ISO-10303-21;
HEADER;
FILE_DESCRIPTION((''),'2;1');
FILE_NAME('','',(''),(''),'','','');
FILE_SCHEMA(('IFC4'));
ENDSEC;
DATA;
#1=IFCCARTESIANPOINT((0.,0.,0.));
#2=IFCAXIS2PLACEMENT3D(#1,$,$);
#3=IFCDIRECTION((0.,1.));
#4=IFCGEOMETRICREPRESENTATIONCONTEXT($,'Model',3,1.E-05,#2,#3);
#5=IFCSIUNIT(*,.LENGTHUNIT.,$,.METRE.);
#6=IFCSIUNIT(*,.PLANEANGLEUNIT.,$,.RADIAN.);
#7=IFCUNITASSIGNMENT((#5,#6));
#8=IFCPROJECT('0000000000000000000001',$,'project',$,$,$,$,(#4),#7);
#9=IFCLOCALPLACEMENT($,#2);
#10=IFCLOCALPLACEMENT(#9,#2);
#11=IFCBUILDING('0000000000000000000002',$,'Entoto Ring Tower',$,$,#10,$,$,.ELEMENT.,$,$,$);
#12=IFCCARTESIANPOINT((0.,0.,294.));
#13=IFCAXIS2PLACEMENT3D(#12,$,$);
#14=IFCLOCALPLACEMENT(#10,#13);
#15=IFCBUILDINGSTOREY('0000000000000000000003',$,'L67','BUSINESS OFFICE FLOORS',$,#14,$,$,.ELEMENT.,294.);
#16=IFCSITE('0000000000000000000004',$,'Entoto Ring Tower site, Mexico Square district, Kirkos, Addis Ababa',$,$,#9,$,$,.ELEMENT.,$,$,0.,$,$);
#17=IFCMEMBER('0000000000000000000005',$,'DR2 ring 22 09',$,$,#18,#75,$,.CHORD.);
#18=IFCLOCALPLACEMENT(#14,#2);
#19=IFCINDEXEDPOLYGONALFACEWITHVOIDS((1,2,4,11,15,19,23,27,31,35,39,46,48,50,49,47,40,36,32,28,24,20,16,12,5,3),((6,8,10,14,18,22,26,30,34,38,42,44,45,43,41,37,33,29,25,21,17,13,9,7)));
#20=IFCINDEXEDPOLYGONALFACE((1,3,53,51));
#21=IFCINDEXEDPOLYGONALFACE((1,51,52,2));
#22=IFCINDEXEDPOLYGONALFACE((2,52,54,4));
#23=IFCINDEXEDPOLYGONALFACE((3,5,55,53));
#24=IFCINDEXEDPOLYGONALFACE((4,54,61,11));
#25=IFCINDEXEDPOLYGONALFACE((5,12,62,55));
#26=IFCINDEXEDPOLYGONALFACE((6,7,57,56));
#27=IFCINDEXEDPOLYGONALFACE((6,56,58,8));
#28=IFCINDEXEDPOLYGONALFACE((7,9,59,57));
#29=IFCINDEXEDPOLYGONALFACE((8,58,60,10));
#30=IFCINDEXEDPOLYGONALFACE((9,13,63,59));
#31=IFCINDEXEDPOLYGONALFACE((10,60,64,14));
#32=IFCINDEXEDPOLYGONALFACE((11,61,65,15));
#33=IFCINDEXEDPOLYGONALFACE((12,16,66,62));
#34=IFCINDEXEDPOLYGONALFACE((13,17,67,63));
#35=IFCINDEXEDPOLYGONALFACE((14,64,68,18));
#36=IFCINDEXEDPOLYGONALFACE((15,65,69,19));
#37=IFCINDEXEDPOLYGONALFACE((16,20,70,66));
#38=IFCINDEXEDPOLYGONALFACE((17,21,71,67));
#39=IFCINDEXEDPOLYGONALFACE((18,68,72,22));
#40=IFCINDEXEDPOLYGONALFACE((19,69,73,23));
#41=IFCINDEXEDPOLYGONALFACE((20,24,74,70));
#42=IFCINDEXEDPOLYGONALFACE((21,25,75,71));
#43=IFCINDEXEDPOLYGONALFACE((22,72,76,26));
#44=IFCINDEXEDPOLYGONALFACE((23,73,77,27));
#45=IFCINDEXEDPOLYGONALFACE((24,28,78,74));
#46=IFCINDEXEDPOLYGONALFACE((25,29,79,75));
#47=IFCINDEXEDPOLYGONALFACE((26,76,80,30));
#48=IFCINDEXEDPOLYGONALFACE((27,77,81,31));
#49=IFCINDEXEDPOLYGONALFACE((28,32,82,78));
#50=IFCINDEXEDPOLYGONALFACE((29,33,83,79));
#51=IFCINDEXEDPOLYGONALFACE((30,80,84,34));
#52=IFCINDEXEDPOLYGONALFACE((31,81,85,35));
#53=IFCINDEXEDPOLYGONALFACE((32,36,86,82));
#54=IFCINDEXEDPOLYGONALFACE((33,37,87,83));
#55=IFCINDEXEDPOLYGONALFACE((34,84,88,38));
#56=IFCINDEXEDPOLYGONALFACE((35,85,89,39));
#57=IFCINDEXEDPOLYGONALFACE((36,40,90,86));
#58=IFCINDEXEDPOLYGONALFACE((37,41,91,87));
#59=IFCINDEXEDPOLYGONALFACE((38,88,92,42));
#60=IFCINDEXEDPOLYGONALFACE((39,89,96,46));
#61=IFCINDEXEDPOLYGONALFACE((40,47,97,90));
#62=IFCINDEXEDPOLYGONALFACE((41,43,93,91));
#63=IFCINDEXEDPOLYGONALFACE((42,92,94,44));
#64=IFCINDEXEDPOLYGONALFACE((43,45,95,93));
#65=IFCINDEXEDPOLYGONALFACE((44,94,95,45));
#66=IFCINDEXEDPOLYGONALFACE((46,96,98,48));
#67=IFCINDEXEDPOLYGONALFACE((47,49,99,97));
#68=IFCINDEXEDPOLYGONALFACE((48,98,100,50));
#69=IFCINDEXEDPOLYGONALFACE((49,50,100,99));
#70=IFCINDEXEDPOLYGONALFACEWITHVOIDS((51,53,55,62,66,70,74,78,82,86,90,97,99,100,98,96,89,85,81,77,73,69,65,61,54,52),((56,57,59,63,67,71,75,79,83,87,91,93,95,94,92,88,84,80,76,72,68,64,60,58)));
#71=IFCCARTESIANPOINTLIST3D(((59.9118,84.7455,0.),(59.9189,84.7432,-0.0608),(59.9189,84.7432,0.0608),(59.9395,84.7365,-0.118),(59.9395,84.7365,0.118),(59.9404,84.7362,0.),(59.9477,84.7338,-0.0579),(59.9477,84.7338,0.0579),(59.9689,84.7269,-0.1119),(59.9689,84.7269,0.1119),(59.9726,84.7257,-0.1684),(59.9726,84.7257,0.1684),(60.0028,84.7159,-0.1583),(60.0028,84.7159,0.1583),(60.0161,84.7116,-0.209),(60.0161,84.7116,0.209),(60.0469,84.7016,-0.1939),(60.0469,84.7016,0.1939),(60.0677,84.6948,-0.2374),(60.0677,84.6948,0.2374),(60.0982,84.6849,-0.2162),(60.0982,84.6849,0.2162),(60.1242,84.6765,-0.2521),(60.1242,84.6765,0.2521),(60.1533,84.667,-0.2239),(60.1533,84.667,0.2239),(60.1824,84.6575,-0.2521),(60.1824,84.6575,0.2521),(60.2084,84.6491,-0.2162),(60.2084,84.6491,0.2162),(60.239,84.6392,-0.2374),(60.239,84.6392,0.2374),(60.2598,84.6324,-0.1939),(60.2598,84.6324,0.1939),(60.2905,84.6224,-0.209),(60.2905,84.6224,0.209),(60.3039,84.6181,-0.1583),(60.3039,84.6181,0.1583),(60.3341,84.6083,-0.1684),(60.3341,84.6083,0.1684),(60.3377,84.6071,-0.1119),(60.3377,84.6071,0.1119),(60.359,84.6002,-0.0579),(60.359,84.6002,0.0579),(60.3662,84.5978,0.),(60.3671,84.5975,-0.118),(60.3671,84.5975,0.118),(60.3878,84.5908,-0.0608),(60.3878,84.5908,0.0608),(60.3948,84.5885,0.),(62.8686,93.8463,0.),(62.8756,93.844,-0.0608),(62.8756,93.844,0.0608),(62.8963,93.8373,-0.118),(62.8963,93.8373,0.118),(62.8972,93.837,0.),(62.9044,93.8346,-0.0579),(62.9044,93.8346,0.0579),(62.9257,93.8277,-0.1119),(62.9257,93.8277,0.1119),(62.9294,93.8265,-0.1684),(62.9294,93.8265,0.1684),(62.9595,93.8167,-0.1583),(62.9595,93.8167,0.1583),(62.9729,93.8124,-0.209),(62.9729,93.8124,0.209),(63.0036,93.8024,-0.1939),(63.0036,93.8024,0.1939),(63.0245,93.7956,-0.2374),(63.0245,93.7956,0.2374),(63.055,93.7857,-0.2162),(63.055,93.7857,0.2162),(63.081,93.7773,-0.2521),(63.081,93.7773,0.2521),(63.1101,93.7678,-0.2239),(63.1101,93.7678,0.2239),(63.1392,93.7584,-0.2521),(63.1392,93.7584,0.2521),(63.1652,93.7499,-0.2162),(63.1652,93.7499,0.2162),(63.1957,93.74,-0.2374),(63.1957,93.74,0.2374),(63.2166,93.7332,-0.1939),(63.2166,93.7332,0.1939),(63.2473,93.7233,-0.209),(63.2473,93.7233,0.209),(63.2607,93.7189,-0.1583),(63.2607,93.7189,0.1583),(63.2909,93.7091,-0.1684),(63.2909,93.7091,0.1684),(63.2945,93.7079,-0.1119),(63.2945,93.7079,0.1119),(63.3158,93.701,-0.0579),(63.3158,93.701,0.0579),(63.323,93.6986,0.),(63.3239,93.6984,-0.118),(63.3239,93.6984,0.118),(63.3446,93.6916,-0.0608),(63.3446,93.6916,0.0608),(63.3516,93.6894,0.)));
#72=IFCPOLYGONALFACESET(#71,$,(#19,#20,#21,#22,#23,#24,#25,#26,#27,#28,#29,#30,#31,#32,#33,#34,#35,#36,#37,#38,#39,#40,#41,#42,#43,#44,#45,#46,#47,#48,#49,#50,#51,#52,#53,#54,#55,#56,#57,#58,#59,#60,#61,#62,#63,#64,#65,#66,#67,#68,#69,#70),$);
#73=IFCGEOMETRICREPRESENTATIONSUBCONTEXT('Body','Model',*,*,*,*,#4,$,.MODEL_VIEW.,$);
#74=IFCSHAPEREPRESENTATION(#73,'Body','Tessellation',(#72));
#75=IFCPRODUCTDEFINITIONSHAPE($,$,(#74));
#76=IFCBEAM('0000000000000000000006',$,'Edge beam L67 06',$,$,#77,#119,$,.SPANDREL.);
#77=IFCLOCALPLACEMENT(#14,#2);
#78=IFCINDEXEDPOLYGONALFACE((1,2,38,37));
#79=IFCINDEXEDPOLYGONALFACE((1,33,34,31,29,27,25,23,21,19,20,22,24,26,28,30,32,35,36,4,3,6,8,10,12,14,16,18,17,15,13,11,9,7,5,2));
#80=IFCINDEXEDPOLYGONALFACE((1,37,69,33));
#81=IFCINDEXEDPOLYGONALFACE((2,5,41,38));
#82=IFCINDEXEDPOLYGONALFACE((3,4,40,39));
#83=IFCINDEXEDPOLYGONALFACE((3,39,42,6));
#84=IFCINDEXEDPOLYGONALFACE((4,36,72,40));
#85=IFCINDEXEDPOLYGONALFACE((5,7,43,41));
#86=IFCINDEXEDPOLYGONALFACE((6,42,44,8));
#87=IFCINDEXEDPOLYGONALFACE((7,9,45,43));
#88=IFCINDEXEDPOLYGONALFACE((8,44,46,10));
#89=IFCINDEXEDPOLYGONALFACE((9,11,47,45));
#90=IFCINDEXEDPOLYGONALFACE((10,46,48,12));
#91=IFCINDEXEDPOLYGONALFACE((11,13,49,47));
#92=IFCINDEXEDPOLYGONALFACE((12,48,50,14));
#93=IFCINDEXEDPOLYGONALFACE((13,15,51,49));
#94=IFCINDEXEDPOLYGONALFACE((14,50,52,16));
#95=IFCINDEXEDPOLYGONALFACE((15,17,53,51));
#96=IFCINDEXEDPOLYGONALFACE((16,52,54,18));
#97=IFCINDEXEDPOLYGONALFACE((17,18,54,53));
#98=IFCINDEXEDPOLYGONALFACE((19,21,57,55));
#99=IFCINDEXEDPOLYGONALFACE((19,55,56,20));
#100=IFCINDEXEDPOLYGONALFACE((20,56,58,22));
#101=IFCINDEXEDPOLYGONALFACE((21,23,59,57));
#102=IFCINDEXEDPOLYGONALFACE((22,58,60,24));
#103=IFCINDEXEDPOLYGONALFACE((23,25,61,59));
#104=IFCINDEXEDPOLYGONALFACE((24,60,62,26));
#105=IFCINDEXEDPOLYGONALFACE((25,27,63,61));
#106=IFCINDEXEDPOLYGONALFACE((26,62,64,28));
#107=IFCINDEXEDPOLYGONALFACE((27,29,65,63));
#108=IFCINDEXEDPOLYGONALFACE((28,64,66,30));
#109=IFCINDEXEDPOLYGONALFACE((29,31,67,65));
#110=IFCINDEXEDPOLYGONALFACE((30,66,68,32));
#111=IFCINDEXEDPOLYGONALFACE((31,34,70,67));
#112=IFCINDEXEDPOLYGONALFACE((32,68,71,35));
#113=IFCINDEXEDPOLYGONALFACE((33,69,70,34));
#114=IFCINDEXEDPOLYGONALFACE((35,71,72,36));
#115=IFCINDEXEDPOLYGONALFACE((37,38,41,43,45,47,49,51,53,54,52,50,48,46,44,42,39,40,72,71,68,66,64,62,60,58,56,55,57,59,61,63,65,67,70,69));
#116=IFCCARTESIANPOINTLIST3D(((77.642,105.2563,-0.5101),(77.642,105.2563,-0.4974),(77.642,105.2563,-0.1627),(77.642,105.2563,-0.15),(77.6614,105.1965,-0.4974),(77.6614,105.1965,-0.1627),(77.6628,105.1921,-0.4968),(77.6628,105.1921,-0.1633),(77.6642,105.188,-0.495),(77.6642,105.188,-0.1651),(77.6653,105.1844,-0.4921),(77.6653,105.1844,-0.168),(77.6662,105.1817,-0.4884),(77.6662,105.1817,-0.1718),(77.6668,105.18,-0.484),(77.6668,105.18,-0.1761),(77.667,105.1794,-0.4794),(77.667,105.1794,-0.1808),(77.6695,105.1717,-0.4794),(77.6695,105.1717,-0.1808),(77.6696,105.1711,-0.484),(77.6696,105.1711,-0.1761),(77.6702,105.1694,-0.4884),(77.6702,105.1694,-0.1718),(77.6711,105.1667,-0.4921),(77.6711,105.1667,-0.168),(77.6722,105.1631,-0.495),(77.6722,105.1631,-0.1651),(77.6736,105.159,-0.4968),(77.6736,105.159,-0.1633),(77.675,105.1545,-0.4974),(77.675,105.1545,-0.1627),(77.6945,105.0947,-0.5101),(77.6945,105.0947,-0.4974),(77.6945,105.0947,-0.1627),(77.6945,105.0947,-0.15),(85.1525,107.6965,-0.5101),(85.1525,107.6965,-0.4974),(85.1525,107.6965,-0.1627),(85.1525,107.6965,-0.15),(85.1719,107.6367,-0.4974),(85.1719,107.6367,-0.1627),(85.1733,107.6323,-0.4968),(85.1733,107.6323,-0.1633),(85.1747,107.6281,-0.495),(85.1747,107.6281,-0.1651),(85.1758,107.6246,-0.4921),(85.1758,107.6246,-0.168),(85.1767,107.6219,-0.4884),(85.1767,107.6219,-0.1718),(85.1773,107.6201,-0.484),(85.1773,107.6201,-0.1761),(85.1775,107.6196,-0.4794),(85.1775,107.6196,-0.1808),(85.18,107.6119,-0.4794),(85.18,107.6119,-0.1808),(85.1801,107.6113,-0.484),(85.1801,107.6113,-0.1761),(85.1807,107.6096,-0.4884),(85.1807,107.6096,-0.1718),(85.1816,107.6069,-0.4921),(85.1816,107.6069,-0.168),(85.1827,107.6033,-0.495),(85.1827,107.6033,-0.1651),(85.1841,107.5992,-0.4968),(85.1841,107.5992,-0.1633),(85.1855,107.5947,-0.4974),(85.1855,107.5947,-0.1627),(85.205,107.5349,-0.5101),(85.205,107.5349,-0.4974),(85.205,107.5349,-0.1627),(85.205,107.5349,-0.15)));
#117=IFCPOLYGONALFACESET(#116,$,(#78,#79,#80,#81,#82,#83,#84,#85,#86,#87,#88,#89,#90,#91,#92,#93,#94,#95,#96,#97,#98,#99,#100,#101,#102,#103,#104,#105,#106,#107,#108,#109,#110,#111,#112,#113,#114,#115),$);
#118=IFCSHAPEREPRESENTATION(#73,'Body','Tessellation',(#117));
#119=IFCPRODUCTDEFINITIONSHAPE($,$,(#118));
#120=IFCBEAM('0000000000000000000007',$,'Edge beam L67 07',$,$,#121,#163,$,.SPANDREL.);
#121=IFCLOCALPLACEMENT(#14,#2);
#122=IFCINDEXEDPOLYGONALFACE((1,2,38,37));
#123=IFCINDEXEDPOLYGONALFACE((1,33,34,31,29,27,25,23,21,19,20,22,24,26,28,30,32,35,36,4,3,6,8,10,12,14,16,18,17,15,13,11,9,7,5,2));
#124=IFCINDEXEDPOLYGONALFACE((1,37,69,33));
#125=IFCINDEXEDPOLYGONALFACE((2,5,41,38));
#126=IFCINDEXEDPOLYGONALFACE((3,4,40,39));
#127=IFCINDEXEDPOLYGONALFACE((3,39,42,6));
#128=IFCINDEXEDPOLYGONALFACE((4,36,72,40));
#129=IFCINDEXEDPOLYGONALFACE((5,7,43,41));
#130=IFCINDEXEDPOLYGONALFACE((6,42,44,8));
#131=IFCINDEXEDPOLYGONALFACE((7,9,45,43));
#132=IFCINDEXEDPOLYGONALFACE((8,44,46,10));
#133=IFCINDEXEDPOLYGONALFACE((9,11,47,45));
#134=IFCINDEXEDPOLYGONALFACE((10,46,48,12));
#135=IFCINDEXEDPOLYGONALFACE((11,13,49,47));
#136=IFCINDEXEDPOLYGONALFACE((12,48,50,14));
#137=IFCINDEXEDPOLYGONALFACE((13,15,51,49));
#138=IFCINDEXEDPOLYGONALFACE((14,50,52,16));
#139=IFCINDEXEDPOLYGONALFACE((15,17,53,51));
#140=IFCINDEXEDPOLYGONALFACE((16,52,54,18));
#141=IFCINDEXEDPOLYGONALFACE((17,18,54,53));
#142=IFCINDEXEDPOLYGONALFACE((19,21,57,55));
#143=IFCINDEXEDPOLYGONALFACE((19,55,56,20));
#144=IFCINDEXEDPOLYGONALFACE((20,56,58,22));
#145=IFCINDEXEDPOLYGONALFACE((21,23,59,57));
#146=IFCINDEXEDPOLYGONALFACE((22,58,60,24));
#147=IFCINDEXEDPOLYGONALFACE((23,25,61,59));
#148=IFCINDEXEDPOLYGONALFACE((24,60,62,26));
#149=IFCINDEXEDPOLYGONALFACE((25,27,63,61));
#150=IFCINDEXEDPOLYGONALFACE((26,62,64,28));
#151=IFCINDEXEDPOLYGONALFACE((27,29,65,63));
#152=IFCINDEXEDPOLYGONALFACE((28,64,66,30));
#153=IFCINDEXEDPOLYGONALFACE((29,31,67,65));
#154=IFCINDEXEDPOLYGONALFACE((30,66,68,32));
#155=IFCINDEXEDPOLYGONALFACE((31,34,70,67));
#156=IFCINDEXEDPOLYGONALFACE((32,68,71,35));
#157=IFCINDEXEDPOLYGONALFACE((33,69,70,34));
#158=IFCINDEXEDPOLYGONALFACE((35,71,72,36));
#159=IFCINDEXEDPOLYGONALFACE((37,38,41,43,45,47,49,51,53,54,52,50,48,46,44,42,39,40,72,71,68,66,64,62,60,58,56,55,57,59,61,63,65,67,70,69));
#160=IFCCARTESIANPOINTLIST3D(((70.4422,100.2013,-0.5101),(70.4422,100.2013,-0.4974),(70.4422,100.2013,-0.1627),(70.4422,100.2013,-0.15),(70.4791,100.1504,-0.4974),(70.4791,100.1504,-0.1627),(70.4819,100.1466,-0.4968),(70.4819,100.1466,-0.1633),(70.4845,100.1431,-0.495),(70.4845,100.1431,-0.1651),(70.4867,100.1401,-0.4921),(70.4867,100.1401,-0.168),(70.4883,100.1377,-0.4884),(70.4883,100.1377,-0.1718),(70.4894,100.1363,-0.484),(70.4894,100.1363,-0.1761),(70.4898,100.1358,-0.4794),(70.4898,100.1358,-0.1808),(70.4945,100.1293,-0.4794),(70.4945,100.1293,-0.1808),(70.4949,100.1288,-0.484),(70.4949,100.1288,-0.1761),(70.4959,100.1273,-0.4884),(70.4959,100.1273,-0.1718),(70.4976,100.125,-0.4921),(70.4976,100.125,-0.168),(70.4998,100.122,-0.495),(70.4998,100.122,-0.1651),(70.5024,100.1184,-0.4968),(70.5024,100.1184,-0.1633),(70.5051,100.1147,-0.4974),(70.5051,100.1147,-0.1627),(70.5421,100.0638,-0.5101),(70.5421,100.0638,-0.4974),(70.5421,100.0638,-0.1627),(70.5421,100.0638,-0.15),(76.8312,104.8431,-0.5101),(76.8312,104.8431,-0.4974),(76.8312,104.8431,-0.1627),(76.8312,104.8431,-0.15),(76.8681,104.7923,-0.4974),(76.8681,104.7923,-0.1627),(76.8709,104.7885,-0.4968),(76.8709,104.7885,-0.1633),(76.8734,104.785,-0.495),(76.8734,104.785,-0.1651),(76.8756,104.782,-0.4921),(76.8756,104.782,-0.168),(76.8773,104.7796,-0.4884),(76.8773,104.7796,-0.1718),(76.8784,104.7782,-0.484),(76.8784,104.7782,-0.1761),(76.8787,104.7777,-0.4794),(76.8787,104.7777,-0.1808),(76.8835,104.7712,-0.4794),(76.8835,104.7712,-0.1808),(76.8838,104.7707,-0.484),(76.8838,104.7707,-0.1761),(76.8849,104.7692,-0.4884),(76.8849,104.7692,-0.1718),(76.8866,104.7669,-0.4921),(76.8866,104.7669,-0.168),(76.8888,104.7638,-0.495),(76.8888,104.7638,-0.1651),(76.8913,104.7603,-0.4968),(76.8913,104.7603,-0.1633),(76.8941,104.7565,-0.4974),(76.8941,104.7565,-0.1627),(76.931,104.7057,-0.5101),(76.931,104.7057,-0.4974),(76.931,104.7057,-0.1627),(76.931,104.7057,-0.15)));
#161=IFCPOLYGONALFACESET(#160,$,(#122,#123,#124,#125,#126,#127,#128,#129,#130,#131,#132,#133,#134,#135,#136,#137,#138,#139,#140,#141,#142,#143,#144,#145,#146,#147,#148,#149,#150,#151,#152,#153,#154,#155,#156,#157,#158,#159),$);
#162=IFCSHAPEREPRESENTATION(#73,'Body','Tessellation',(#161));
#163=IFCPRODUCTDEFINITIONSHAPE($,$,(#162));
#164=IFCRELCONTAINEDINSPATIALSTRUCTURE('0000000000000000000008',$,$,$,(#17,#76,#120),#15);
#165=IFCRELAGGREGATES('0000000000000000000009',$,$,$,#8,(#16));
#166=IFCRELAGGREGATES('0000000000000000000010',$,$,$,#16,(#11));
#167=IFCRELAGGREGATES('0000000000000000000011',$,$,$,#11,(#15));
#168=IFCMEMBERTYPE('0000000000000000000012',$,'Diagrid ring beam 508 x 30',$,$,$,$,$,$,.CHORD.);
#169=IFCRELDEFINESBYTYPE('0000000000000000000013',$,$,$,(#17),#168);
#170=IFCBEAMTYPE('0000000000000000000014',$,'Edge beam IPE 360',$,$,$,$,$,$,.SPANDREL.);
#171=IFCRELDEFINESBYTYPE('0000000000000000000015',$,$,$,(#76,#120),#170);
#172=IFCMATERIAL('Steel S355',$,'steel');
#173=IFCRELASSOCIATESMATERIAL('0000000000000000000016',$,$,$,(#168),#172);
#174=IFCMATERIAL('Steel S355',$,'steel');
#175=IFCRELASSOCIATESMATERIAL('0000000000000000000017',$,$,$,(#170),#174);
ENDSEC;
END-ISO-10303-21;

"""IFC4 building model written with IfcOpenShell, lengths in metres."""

from ifc_helpers import new_model, si_unit, direction, frame, origin, origin_2d, place, context, subcontext, project, spatial, circle, hollow_circle, i_section, extrude, material, material_profile, profile_set, type_object, element, save


model = new_model("IFC4")

# Units and contexts
model_context = context("Model", 3, precision=1e-05, world=origin(), true_north=direction((0.0, 1.0)))
body_context = subcontext(model_context, "Body", "Model", "MODEL_VIEW")
ifc_project = project(units=[si_unit("LENGTHUNIT", "METRE"), si_unit("PLANEANGLEUNIT", "RADIAN")], contexts=[model_context])

# Site, building, storey
site_placement = place(None, origin())
site = spatial("IfcSite", under=ifc_project, at=site_placement, Name="Entoto Ring Tower site, Mexico Square district, Kirkos, Addis Ababa", CompositionType="ELEMENT", RefElevation=0.0)
building_placement = place(site_placement, origin())
building = spatial("IfcBuilding", under=site, at=building_placement, Name="Entoto Ring Tower", CompositionType="ELEMENT")
storey_placement = place(building_placement, frame((0.0, 0.0, 294.0)))
storey = spatial("IfcBuildingStorey", under=building, at=storey_placement, Name="L67", Description="BUSINESS OFFICE FLOORS", CompositionType="ELEMENT", Elevation=294.0)

# Member
ifc_material_1 = material(Name="Steel S355", Category="steel")
ifc_material_profile_1 = material_profile(ifc_material_1, hollow_circle(Radius=0.2539, WallThickness=0.03, at=origin_2d()), Name="CHS 508 x 30")
ifc_material_2 = material(Name="Concrete C60/75", Category="concrete")
ifc_material_profile_2 = material_profile(ifc_material_2, circle(Radius=0.2241, at=origin_2d()), Name="Concrete C60/75 infill")
ifc_profile_set_1 = profile_set([ifc_material_profile_1, ifc_material_profile_2], Name="Steel S355")
member_type_1 = type_object("IfcMemberType", Name="Diagrid ring beam 508 x 30", PredefinedType="CHORD", material=ifc_profile_set_1)
for number, where, z_axis, x_axis, name in (
    (1, (63.1101, 93.7678, 0.0), (-0.308993, -0.951064, 0.0), (0.951064, -0.308993, 0.0), "DR2 ring 22 09"),
):
    element("IfcMember", number, at=place(storey_placement, frame(where, z_axis=z_axis, x_axis=x_axis)), inside=storey, type_object=member_type_1, Name=name, PredefinedType="CHORD", context=body_context, shape_type="SweptSolid", body=[
        extrude(hollow_circle(Radius=0.2539, WallThickness=0.03, at=origin_2d()), origin(), (0.0, 0.0, 1.0), 9.5691),
    ])

# Beams
ifc_material_3 = material(Name="Steel S355", Category="steel")
ifc_material_profile_3 = material_profile(ifc_material_3, i_section(OverallWidth=0.1699, OverallDepth=0.3601, WebThickness=0.0081, FlangeThickness=0.0127, FilletRadius=0.0181, at=origin_2d()), Name="IPE 360")
ifc_profile_set_2 = profile_set([ifc_material_profile_3], Name="Steel S355")
beam_type_1 = type_object("IfcBeamType", Name="Edge beam IPE 360", PredefinedType="SPANDREL", material=ifc_profile_set_2)
beam_1_placement = place(storey_placement, frame((85.1787, 107.6157, -0.3301), z_axis=(-0.951061, -0.309003, 0.0), x_axis=(0.309003, -0.951061, 0.0)))
element("IfcBeam", 2, at=beam_1_placement, inside=storey, type_object=beam_type_1, Name="Edge beam L67 06", PredefinedType="SPANDREL", context=body_context, shape_type="SweptSolid", body=[
    extrude(i_section(OverallWidth=0.1699, OverallDepth=0.3601, WebThickness=0.0081, FlangeThickness=0.0127, FilletRadius=0.0181, at=origin_2d()), origin(), (0.0, 0.0, 1.0), 7.897),
])
for number, where, z_axis, x_axis, name in (
    (3, (76.8811, 104.7744, -0.3301), (-0.809015, -0.587787, 0.0), (0.587787, -0.809015, 0.0), "Edge beam L67 07"),
):
    element("IfcBeam", number, at=place(storey_placement, frame(where, z_axis=z_axis, x_axis=x_axis)), inside=storey, type_object=beam_type_1, Name=name, PredefinedType="SPANDREL", context=body_context, shape_type="SweptSolid", body=[
        extrude(i_section(OverallWidth=0.1699, OverallDepth=0.3601, WebThickness=0.0081, FlangeThickness=0.0127, FilletRadius=0.0181, at=origin_2d()), origin(), (0.0, 0.0, 1.0), 7.8972),
    ])

save(model, "model.ifc")
